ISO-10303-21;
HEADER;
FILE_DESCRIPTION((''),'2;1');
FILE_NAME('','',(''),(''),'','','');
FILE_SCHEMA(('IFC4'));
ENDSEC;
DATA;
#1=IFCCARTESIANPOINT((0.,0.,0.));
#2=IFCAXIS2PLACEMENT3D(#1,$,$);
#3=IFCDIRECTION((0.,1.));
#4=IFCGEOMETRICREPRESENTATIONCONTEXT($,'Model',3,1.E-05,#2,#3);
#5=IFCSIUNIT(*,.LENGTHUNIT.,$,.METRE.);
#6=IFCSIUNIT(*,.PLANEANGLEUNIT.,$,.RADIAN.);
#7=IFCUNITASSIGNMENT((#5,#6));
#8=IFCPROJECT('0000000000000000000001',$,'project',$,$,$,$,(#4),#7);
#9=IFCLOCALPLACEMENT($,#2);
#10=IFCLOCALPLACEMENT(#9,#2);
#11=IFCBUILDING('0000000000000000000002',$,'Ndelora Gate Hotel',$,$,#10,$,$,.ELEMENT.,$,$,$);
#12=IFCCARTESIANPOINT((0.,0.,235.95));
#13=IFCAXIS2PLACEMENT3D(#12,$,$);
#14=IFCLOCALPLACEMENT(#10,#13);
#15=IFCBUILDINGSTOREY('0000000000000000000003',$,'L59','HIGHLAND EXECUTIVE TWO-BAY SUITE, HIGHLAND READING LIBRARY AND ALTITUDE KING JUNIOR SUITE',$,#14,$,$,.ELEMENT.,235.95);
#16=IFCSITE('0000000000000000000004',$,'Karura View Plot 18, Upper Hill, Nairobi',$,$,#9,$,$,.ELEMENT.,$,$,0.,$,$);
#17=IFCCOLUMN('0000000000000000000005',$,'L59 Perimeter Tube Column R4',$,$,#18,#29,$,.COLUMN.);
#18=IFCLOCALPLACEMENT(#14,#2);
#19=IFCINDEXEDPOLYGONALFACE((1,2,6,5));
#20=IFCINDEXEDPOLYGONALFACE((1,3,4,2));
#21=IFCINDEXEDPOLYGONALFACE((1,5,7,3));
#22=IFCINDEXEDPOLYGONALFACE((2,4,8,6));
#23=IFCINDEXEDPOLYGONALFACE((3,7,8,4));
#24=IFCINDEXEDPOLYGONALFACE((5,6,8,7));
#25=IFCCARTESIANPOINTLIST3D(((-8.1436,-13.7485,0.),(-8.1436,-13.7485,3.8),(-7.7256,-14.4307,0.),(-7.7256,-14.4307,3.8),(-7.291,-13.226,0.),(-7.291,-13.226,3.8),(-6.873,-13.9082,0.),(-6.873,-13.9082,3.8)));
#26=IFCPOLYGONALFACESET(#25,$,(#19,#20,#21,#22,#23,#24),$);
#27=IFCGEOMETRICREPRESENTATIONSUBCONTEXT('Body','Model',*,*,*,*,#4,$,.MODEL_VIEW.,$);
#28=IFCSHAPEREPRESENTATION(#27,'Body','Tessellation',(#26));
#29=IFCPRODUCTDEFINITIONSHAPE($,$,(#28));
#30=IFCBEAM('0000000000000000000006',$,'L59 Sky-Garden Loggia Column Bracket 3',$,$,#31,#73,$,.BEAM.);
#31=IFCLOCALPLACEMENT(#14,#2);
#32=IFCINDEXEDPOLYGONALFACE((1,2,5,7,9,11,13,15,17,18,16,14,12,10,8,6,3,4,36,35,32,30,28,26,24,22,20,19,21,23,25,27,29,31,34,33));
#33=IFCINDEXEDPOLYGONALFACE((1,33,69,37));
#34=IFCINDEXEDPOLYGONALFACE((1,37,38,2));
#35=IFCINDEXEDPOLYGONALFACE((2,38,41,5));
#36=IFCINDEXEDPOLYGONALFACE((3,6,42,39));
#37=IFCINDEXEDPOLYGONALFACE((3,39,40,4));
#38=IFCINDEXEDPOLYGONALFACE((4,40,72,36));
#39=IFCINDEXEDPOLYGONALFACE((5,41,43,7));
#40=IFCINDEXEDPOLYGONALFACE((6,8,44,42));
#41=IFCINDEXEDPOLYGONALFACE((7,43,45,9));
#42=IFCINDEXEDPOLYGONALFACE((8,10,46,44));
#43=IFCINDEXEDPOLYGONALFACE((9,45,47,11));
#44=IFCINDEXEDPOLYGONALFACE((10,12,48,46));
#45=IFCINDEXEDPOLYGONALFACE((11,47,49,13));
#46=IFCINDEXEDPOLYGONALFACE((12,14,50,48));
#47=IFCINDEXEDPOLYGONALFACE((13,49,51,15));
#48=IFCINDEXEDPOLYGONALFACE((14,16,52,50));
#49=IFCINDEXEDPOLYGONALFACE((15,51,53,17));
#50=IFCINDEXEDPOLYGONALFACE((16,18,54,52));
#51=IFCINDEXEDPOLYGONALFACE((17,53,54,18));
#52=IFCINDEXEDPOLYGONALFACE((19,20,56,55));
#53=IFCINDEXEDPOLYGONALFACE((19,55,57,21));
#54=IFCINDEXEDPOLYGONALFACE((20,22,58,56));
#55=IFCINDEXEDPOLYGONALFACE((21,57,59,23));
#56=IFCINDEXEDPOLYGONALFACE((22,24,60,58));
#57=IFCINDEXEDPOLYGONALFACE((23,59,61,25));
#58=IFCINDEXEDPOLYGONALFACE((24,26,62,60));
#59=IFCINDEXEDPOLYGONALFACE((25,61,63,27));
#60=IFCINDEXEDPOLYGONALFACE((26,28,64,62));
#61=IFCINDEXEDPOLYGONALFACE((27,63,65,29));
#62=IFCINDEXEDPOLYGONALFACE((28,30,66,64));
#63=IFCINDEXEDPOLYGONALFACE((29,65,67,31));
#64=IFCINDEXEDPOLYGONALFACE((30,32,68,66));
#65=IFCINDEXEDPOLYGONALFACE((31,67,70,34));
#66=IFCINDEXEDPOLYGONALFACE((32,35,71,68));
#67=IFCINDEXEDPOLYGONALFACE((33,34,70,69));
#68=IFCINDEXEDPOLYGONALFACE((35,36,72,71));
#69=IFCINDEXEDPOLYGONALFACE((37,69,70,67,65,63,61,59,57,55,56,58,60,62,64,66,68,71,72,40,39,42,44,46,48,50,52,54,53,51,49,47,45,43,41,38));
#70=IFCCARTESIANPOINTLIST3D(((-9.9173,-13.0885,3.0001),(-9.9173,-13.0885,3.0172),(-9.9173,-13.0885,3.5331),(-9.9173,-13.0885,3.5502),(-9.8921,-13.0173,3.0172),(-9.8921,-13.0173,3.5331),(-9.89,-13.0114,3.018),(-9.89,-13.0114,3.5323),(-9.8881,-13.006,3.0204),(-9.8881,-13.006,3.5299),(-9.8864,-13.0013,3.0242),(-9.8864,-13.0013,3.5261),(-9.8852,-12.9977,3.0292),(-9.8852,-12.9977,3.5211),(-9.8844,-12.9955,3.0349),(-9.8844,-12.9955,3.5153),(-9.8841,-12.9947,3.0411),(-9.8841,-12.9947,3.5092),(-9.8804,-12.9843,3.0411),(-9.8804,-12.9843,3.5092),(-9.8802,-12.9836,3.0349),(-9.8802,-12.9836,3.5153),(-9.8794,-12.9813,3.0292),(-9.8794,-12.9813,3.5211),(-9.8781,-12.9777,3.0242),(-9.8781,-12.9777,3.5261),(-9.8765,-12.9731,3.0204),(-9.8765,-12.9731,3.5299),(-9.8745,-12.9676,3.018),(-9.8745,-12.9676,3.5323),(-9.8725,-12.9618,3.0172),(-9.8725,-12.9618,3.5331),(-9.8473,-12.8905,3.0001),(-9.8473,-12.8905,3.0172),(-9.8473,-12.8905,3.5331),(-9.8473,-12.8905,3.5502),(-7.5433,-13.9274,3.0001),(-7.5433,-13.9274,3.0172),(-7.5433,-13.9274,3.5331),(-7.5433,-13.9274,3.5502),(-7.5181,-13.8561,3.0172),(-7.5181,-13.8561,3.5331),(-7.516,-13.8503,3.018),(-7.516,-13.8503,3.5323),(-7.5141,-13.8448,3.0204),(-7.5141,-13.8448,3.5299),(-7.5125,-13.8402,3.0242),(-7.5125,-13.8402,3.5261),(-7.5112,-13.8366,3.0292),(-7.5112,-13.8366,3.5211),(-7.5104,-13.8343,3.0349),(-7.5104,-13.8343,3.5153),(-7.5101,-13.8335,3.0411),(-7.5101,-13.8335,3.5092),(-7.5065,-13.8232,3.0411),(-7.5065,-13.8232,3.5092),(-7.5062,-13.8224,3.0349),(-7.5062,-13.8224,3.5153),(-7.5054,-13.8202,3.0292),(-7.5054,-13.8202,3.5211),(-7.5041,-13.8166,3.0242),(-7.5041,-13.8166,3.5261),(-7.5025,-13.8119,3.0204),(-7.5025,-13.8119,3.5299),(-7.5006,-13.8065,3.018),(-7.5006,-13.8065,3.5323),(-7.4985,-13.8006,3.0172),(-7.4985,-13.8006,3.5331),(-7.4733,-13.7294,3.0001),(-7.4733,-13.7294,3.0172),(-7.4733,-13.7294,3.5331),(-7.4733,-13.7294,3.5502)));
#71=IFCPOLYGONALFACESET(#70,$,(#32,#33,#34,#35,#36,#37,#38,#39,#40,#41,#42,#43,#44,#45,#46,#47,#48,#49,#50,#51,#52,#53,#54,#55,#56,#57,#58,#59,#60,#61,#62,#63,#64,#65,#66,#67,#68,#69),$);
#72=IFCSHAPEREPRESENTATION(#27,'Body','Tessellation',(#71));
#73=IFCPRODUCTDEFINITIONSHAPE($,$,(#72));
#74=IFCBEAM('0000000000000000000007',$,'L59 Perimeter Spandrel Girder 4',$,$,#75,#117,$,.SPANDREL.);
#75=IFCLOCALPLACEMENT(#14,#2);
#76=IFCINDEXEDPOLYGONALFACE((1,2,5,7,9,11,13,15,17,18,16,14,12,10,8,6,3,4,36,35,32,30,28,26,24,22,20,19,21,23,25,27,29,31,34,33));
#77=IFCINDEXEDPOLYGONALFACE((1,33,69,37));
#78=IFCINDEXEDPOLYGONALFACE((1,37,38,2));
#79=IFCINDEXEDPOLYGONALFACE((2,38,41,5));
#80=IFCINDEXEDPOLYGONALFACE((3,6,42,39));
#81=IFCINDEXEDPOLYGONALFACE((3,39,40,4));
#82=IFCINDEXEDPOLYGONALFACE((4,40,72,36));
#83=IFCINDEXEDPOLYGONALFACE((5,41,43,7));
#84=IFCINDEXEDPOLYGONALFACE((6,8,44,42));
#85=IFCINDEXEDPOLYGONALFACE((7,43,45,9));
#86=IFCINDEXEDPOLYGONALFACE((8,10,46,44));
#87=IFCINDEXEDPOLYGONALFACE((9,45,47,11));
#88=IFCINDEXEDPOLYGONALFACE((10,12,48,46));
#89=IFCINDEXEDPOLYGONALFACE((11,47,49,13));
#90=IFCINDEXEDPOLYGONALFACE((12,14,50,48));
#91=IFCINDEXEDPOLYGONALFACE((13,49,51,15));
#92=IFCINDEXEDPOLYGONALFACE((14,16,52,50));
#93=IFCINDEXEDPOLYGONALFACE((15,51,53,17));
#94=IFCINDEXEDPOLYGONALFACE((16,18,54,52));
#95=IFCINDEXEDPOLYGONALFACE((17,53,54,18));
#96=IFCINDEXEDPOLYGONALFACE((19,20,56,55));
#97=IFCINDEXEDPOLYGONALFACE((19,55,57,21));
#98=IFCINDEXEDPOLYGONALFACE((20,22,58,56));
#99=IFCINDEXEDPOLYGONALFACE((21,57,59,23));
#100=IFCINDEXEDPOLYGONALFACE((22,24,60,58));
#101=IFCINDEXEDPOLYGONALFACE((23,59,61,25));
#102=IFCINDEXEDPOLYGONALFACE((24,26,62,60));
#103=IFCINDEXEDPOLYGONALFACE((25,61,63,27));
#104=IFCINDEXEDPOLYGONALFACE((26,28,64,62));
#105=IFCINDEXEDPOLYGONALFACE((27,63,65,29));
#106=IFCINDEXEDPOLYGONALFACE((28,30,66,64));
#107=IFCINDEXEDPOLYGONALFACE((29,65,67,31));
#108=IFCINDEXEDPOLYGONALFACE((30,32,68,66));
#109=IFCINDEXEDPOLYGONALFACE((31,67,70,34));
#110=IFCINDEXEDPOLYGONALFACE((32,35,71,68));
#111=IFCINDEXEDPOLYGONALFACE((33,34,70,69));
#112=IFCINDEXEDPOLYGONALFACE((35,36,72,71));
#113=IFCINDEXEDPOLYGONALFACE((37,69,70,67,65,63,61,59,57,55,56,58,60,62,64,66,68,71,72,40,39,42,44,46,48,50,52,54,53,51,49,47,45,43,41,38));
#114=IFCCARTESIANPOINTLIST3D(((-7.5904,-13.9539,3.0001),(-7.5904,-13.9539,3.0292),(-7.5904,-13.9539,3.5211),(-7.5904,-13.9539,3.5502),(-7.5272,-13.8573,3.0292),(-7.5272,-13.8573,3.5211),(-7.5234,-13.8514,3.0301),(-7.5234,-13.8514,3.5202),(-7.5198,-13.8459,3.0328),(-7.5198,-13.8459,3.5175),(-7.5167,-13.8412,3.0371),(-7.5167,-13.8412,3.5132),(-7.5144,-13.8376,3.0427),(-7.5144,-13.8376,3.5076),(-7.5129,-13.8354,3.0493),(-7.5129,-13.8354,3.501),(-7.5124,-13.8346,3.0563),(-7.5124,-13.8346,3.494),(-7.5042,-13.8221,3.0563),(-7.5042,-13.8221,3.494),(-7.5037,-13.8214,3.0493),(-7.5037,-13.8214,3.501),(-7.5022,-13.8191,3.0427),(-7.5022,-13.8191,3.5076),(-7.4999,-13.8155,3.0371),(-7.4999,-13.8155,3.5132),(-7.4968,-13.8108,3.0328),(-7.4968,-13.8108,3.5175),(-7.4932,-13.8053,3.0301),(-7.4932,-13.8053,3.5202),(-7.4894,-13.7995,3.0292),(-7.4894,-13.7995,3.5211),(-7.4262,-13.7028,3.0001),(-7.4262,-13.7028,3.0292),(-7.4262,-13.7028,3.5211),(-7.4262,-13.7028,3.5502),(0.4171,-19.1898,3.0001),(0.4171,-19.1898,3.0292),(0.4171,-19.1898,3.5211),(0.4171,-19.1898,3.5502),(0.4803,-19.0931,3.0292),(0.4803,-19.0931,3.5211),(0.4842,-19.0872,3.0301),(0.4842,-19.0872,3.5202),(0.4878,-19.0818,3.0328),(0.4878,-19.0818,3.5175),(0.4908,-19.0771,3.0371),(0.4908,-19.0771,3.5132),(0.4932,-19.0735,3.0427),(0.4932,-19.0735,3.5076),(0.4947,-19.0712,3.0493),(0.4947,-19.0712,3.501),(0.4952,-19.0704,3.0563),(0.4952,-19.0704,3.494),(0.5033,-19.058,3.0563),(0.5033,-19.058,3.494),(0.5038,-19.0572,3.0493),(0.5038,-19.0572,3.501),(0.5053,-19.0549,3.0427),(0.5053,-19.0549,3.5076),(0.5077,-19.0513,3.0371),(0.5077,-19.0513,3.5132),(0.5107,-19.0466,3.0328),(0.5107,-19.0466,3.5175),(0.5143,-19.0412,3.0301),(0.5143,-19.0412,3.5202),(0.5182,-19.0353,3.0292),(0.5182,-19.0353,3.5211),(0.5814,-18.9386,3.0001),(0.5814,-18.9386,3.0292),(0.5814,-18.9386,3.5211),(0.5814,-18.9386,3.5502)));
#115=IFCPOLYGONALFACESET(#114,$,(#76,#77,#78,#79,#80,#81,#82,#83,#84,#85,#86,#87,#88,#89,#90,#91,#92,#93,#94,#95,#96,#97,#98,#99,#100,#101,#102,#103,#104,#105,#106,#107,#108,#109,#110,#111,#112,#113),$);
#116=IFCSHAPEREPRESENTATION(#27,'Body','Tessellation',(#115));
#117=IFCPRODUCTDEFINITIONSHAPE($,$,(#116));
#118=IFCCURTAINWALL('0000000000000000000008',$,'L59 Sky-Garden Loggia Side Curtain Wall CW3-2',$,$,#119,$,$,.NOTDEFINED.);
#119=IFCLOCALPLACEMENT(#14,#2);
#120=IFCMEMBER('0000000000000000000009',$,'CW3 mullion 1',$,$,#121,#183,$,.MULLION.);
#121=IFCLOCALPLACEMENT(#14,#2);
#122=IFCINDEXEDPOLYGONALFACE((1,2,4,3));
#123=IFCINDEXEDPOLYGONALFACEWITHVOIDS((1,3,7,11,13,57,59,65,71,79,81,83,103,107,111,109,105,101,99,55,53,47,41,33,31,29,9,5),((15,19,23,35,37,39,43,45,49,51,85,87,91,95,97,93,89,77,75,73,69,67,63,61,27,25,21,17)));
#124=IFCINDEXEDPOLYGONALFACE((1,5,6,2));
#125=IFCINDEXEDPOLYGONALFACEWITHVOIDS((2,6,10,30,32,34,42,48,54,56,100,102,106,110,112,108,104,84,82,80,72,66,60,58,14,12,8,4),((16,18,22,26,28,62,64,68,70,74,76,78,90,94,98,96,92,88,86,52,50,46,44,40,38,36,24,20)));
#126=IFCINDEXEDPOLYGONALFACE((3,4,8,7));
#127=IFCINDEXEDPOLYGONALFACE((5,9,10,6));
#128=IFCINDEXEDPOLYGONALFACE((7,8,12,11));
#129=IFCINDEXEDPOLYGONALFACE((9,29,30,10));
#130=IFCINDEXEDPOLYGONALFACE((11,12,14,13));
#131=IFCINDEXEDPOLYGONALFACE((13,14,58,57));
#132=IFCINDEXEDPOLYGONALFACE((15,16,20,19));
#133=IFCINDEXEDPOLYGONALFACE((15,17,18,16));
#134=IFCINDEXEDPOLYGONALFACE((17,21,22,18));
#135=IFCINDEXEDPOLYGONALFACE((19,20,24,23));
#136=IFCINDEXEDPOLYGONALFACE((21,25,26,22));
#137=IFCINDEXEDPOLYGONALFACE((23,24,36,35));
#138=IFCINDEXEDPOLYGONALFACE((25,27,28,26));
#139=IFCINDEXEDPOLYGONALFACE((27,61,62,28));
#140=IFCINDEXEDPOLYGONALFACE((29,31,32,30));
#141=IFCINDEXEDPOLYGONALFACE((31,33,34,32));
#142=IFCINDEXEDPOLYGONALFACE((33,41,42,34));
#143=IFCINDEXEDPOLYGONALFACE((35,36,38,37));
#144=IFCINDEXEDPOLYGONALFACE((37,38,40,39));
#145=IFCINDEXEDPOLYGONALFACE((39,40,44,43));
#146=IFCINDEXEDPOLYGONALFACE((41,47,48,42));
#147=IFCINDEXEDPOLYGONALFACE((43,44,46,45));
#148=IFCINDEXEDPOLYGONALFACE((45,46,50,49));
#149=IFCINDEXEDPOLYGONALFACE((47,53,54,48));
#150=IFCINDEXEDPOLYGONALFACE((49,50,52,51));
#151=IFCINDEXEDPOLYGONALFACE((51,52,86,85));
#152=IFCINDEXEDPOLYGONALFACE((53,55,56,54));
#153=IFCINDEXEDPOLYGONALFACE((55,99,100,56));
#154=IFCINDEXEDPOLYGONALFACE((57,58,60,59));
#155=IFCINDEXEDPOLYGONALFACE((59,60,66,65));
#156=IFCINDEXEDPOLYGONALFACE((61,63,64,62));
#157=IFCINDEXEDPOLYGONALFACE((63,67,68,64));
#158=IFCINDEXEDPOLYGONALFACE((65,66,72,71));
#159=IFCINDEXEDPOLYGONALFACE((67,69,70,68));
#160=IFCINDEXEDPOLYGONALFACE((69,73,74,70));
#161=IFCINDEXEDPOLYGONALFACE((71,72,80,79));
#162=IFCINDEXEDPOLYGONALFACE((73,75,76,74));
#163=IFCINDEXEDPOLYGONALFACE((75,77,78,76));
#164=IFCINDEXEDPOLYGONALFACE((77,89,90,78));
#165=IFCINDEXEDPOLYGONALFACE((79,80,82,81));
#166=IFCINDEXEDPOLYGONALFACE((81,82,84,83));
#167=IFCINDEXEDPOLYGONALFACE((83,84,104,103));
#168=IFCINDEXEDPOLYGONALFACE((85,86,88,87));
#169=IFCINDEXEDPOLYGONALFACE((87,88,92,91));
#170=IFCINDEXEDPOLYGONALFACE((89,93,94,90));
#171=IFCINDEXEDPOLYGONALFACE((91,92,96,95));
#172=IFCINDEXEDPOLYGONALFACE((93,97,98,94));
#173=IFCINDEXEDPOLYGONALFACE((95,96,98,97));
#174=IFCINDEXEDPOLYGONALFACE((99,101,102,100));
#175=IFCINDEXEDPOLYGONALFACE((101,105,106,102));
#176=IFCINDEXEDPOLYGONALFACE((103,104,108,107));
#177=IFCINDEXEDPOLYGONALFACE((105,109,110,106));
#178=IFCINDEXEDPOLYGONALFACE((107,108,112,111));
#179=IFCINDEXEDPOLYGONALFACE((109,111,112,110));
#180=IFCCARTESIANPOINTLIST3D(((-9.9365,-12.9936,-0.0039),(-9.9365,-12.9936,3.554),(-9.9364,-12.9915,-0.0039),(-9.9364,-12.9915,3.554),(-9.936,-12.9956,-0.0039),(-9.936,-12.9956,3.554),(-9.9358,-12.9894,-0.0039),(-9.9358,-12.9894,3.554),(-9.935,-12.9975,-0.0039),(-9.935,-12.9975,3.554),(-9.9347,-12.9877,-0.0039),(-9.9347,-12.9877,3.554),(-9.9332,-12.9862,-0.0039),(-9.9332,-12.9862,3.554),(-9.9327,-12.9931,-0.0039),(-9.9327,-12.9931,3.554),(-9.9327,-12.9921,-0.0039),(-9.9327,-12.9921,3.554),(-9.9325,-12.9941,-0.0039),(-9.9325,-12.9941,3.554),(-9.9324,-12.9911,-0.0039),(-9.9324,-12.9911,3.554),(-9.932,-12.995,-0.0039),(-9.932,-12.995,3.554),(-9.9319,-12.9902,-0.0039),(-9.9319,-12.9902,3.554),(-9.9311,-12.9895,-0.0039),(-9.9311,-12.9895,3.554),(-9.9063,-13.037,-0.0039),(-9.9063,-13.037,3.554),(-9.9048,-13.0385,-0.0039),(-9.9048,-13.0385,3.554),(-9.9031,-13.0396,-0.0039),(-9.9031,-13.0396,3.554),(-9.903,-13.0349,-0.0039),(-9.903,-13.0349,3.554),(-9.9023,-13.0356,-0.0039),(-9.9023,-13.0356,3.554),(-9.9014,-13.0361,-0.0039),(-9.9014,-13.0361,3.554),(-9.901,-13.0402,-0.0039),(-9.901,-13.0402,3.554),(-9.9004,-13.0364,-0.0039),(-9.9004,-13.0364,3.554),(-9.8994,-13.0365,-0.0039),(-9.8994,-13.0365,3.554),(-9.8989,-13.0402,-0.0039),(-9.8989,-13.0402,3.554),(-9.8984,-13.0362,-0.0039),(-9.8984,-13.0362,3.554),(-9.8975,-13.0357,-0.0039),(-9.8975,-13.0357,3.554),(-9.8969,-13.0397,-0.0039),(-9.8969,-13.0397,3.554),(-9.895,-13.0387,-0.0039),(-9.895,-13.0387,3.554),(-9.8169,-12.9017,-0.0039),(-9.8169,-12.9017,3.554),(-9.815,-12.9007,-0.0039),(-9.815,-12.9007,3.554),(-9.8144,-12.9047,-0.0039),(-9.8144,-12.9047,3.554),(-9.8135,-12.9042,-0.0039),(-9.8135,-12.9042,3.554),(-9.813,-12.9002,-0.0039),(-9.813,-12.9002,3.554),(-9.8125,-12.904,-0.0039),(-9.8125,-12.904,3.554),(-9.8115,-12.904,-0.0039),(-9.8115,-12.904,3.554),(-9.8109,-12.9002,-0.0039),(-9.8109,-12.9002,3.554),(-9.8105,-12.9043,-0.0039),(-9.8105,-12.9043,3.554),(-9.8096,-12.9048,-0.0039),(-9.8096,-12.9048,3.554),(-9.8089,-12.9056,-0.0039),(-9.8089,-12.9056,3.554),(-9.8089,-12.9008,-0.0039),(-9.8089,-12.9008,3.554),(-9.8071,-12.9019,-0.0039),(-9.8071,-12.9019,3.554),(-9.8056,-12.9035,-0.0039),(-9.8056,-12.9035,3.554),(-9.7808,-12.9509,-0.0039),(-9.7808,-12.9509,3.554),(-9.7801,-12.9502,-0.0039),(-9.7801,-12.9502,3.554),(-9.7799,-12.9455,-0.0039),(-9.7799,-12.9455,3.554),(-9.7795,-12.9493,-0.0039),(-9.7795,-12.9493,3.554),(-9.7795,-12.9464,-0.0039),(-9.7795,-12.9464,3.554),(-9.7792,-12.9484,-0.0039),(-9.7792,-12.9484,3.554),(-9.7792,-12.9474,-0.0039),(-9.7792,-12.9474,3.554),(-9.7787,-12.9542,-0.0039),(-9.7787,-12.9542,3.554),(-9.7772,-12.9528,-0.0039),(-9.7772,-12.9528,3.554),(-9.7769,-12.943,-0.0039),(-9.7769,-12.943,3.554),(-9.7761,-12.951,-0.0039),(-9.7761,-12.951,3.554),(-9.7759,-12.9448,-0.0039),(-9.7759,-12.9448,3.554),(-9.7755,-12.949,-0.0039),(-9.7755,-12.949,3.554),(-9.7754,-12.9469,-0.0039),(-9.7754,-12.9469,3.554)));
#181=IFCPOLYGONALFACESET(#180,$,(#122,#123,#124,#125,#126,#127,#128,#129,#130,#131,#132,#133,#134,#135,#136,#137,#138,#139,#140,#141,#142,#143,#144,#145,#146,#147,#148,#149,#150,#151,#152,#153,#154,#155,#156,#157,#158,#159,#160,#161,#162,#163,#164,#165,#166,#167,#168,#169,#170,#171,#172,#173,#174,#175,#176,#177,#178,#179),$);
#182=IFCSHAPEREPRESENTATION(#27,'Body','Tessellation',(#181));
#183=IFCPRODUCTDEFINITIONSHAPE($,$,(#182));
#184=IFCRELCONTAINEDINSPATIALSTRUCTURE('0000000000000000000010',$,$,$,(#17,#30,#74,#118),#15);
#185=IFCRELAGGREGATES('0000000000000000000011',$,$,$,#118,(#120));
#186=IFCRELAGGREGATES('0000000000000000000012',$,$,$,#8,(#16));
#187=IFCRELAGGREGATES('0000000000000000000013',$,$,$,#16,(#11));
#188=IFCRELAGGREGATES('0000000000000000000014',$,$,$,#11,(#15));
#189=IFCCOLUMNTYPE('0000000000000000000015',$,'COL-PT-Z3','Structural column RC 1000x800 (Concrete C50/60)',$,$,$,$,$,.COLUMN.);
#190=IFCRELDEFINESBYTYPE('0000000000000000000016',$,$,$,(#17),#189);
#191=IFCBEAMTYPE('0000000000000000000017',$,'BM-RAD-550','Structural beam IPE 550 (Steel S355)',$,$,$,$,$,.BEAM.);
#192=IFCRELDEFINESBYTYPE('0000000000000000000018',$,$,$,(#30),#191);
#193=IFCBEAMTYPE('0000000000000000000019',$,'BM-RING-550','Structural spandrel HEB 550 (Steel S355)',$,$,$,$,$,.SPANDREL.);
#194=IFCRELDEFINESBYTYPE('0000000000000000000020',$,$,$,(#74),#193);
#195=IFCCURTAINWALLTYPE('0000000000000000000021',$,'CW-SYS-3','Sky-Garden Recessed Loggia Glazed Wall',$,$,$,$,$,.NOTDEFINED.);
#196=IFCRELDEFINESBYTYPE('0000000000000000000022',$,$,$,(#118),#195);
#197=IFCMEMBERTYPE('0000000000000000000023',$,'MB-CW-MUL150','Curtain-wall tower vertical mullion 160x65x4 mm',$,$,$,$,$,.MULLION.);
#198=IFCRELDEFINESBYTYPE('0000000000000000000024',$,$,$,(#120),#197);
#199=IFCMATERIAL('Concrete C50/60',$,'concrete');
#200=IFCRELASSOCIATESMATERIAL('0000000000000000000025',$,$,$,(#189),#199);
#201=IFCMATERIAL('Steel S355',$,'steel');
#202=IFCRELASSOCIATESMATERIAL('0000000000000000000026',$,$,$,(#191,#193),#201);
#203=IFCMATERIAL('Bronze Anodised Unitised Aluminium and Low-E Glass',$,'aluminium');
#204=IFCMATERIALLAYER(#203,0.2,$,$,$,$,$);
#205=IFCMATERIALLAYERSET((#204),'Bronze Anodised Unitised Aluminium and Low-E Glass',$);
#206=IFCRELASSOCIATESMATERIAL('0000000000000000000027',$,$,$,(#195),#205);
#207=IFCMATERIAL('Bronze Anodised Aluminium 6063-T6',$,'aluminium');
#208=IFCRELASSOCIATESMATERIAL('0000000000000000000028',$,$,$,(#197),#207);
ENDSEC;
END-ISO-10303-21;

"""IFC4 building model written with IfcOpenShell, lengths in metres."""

from ifc_helpers import new_model, si_unit, direction, frame, origin, origin_2d, place, context, subcontext, project, spatial, rectangle, hollow_rectangle, i_section, extrude, material, layer, layer_set, material_profile, profile_set, type_object, element, aggregate, save


model = new_model("IFC4")

# Units and contexts
model_context = context("Model", 3, precision=1e-05, world=origin(), true_north=direction((0.0, 1.0)))
body_context = subcontext(model_context, "Body", "Model", "MODEL_VIEW")
ifc_project = project(units=[si_unit("LENGTHUNIT", "METRE"), si_unit("PLANEANGLEUNIT", "RADIAN")], contexts=[model_context])

# Site, building, storey
site_placement = place(None, origin())
site = spatial("IfcSite", under=ifc_project, at=site_placement, Name="Karura View Plot 18, Upper Hill, Nairobi", CompositionType="ELEMENT", RefElevation=0.0)
building_placement = place(site_placement, origin())
building = spatial("IfcBuilding", under=site, at=building_placement, Name="Ndelora Gate Hotel", CompositionType="ELEMENT")
storey_placement = place(building_placement, frame((0.0, 0.0, 235.95)))
storey = spatial("IfcBuildingStorey", under=building, at=storey_placement, Name="L59", Description="HIGHLAND EXECUTIVE TWO-BAY SUITE, HIGHLAND READING LIBRARY AND ALTITUDE KING JUNIOR SUITE", CompositionType="ELEMENT", Elevation=235.95)

# Column
ifc_material_1 = material(Name="Concrete C50/60", Category="concrete")
ifc_material_profile_1 = material_profile(ifc_material_1, rectangle(XDim=0.8, YDim=1.0, at=origin_2d()), Name="RC 1000x800")
ifc_profile_set_1 = profile_set([ifc_material_profile_1], Name="Concrete C50/60")
column_type = type_object("IfcColumnType", Name="COL-PT-Z3", Description="Structural column RC 1000x800 (Concrete C50/60)", PredefinedType="COLUMN", material=ifc_profile_set_1)
column_placement = place(storey_placement, frame((-7.5083, -13.8284, 0.0), z_axis=(0.0, 0.0, 1.0), x_axis=(-0.522499, 0.85264, 0.0)))
element("IfcColumn", 1, at=column_placement, inside=storey, type_object=column_type, Name="L59 Perimeter Tube Column R4", PredefinedType="COLUMN", context=body_context, shape_type="SweptSolid", body=[
    extrude(rectangle(XDim=0.8, YDim=1.0, at=origin_2d()), origin(), (0.0, 0.0, 1.0), 3.8),
])

# Beams
ifc_material_2 = material(Name="Steel S355", Category="steel")
ifc_material_profile_2 = material_profile(ifc_material_2, i_section(OverallWidth=0.21, OverallDepth=0.55, WebThickness=0.011, FlangeThickness=0.0171, FilletRadius=0.0239, at=origin_2d()), Name="IPE 550")
ifc_profile_set_2 = profile_set([ifc_material_profile_2], Name="Steel S355")
beam_type_1 = type_object("IfcBeamType", Name="BM-RAD-550", Description="Structural beam IPE 550 (Steel S355)", PredefinedType="BEAM", material=ifc_profile_set_2)
beam_1_placement = place(storey_placement, frame((-7.5083, -13.8284, 3.2751), z_axis=(-0.942869, 0.333165, 0.0), x_axis=(-0.333165, -0.942869, 0.0)))
element("IfcBeam", 2, at=beam_1_placement, inside=storey, type_object=beam_type_1, Name="L59 Sky-Garden Loggia Column Bracket 3", PredefinedType="BEAM", context=body_context, shape_type="SweptSolid", body=[
    extrude(i_section(OverallWidth=0.21, OverallDepth=0.55, WebThickness=0.011, FlangeThickness=0.0171, FilletRadius=0.0239, at=origin_2d()), origin(), (0.0, 0.0, 1.0), 2.5178),
])
ifc_material_profile_3 = material_profile(ifc_material_2, i_section(OverallWidth=0.3, OverallDepth=0.55, WebThickness=0.0149, FlangeThickness=0.0291, FilletRadius=0.0271, at=origin_2d()), Name="HEB 550")
ifc_profile_set_3 = profile_set([ifc_material_profile_3], Name="Steel S355")
beam_type_2 = type_object("IfcBeamType", Name="BM-RING-550", Description="Structural spandrel HEB 550 (Steel S355)", PredefinedType="SPANDREL", material=ifc_profile_set_3)
beam_2_placement = place(storey_placement, frame((-7.5083, -13.8284, 3.2751), z_axis=(0.836964, -0.547258, 0.0), x_axis=(0.547258, 0.836964, 0.0)))
element("IfcBeam", 3, at=beam_2_placement, inside=storey, type_object=beam_type_2, Name="L59 Perimeter Spandrel Girder 4", PredefinedType="SPANDREL", context=body_context, shape_type="SweptSolid", body=[
    extrude(i_section(OverallWidth=0.3, OverallDepth=0.55, WebThickness=0.0149, FlangeThickness=0.0291, FilletRadius=0.0271, at=origin_2d()), origin(), (0.0, 0.0, 1.0), 9.5674),
])

# Curtain wall, member
ifc_material_3 = material(Name="Bronze Anodised Unitised Aluminium and Low-E Glass", Category="aluminium")
ifc_layer_1 = layer(ifc_material_3, 0.2)
ifc_layer_set_1 = layer_set([ifc_layer_1], Name="Bronze Anodised Unitised Aluminium and Low-E Glass")
curtain_wall_type = type_object("IfcCurtainWallType", Name="CW-SYS-3", Description="Sky-Garden Recessed Loggia Glazed Wall", PredefinedType="NOTDEFINED", material=ifc_layer_set_1)
curtain_wall_placement = place(storey_placement, origin())
curtain_wall = element("IfcCurtainWall", 4, at=curtain_wall_placement, inside=storey, type_object=curtain_wall_type, Name="L59 Sky-Garden Loggia Side Curtain Wall CW3-2", PredefinedType="NOTDEFINED")
ifc_material_4 = material(Name="Bronze Anodised Aluminium 6063-T6", Category="aluminium")
ifc_material_profile_4 = material_profile(ifc_material_4, hollow_rectangle(XDim=0.0649, YDim=0.1599, WallThickness=0.0039, InnerFilletRadius=0.0039, OuterFilletRadius=0.0081, at=origin_2d()), Name="ALU 160x65x4")
ifc_profile_set_4 = profile_set([ifc_material_profile_4], Name="Bronze Anodised Aluminium 6063-T6")
member_type_1 = type_object("IfcMemberType", Name="MB-CW-MUL150", Description="Curtain-wall tower vertical mullion 160x65x4 mm", PredefinedType="MULLION", material=ifc_profile_set_4)
member_1_placement = place(storey_placement, frame((-9.856, -12.9702, -0.0039), z_axis=(0.0, 0.0, 1.0), x_axis=(-0.587764, 0.809033, 0.0)))
member_1 = element("IfcMember", 5, at=member_1_placement, type_object=member_type_1, Name="CW3 mullion 1", PredefinedType="MULLION", context=body_context, shape_type="SweptSolid", body=[
    extrude(hollow_rectangle(XDim=0.0649, YDim=0.1599, WallThickness=0.0039, InnerFilletRadius=0.0039, OuterFilletRadius=0.0081, at=origin_2d()), origin(), (0.0, 0.0, 1.0), 3.5579),
])
aggregate(curtain_wall, [member_1])

save(model, "model.ifc")
